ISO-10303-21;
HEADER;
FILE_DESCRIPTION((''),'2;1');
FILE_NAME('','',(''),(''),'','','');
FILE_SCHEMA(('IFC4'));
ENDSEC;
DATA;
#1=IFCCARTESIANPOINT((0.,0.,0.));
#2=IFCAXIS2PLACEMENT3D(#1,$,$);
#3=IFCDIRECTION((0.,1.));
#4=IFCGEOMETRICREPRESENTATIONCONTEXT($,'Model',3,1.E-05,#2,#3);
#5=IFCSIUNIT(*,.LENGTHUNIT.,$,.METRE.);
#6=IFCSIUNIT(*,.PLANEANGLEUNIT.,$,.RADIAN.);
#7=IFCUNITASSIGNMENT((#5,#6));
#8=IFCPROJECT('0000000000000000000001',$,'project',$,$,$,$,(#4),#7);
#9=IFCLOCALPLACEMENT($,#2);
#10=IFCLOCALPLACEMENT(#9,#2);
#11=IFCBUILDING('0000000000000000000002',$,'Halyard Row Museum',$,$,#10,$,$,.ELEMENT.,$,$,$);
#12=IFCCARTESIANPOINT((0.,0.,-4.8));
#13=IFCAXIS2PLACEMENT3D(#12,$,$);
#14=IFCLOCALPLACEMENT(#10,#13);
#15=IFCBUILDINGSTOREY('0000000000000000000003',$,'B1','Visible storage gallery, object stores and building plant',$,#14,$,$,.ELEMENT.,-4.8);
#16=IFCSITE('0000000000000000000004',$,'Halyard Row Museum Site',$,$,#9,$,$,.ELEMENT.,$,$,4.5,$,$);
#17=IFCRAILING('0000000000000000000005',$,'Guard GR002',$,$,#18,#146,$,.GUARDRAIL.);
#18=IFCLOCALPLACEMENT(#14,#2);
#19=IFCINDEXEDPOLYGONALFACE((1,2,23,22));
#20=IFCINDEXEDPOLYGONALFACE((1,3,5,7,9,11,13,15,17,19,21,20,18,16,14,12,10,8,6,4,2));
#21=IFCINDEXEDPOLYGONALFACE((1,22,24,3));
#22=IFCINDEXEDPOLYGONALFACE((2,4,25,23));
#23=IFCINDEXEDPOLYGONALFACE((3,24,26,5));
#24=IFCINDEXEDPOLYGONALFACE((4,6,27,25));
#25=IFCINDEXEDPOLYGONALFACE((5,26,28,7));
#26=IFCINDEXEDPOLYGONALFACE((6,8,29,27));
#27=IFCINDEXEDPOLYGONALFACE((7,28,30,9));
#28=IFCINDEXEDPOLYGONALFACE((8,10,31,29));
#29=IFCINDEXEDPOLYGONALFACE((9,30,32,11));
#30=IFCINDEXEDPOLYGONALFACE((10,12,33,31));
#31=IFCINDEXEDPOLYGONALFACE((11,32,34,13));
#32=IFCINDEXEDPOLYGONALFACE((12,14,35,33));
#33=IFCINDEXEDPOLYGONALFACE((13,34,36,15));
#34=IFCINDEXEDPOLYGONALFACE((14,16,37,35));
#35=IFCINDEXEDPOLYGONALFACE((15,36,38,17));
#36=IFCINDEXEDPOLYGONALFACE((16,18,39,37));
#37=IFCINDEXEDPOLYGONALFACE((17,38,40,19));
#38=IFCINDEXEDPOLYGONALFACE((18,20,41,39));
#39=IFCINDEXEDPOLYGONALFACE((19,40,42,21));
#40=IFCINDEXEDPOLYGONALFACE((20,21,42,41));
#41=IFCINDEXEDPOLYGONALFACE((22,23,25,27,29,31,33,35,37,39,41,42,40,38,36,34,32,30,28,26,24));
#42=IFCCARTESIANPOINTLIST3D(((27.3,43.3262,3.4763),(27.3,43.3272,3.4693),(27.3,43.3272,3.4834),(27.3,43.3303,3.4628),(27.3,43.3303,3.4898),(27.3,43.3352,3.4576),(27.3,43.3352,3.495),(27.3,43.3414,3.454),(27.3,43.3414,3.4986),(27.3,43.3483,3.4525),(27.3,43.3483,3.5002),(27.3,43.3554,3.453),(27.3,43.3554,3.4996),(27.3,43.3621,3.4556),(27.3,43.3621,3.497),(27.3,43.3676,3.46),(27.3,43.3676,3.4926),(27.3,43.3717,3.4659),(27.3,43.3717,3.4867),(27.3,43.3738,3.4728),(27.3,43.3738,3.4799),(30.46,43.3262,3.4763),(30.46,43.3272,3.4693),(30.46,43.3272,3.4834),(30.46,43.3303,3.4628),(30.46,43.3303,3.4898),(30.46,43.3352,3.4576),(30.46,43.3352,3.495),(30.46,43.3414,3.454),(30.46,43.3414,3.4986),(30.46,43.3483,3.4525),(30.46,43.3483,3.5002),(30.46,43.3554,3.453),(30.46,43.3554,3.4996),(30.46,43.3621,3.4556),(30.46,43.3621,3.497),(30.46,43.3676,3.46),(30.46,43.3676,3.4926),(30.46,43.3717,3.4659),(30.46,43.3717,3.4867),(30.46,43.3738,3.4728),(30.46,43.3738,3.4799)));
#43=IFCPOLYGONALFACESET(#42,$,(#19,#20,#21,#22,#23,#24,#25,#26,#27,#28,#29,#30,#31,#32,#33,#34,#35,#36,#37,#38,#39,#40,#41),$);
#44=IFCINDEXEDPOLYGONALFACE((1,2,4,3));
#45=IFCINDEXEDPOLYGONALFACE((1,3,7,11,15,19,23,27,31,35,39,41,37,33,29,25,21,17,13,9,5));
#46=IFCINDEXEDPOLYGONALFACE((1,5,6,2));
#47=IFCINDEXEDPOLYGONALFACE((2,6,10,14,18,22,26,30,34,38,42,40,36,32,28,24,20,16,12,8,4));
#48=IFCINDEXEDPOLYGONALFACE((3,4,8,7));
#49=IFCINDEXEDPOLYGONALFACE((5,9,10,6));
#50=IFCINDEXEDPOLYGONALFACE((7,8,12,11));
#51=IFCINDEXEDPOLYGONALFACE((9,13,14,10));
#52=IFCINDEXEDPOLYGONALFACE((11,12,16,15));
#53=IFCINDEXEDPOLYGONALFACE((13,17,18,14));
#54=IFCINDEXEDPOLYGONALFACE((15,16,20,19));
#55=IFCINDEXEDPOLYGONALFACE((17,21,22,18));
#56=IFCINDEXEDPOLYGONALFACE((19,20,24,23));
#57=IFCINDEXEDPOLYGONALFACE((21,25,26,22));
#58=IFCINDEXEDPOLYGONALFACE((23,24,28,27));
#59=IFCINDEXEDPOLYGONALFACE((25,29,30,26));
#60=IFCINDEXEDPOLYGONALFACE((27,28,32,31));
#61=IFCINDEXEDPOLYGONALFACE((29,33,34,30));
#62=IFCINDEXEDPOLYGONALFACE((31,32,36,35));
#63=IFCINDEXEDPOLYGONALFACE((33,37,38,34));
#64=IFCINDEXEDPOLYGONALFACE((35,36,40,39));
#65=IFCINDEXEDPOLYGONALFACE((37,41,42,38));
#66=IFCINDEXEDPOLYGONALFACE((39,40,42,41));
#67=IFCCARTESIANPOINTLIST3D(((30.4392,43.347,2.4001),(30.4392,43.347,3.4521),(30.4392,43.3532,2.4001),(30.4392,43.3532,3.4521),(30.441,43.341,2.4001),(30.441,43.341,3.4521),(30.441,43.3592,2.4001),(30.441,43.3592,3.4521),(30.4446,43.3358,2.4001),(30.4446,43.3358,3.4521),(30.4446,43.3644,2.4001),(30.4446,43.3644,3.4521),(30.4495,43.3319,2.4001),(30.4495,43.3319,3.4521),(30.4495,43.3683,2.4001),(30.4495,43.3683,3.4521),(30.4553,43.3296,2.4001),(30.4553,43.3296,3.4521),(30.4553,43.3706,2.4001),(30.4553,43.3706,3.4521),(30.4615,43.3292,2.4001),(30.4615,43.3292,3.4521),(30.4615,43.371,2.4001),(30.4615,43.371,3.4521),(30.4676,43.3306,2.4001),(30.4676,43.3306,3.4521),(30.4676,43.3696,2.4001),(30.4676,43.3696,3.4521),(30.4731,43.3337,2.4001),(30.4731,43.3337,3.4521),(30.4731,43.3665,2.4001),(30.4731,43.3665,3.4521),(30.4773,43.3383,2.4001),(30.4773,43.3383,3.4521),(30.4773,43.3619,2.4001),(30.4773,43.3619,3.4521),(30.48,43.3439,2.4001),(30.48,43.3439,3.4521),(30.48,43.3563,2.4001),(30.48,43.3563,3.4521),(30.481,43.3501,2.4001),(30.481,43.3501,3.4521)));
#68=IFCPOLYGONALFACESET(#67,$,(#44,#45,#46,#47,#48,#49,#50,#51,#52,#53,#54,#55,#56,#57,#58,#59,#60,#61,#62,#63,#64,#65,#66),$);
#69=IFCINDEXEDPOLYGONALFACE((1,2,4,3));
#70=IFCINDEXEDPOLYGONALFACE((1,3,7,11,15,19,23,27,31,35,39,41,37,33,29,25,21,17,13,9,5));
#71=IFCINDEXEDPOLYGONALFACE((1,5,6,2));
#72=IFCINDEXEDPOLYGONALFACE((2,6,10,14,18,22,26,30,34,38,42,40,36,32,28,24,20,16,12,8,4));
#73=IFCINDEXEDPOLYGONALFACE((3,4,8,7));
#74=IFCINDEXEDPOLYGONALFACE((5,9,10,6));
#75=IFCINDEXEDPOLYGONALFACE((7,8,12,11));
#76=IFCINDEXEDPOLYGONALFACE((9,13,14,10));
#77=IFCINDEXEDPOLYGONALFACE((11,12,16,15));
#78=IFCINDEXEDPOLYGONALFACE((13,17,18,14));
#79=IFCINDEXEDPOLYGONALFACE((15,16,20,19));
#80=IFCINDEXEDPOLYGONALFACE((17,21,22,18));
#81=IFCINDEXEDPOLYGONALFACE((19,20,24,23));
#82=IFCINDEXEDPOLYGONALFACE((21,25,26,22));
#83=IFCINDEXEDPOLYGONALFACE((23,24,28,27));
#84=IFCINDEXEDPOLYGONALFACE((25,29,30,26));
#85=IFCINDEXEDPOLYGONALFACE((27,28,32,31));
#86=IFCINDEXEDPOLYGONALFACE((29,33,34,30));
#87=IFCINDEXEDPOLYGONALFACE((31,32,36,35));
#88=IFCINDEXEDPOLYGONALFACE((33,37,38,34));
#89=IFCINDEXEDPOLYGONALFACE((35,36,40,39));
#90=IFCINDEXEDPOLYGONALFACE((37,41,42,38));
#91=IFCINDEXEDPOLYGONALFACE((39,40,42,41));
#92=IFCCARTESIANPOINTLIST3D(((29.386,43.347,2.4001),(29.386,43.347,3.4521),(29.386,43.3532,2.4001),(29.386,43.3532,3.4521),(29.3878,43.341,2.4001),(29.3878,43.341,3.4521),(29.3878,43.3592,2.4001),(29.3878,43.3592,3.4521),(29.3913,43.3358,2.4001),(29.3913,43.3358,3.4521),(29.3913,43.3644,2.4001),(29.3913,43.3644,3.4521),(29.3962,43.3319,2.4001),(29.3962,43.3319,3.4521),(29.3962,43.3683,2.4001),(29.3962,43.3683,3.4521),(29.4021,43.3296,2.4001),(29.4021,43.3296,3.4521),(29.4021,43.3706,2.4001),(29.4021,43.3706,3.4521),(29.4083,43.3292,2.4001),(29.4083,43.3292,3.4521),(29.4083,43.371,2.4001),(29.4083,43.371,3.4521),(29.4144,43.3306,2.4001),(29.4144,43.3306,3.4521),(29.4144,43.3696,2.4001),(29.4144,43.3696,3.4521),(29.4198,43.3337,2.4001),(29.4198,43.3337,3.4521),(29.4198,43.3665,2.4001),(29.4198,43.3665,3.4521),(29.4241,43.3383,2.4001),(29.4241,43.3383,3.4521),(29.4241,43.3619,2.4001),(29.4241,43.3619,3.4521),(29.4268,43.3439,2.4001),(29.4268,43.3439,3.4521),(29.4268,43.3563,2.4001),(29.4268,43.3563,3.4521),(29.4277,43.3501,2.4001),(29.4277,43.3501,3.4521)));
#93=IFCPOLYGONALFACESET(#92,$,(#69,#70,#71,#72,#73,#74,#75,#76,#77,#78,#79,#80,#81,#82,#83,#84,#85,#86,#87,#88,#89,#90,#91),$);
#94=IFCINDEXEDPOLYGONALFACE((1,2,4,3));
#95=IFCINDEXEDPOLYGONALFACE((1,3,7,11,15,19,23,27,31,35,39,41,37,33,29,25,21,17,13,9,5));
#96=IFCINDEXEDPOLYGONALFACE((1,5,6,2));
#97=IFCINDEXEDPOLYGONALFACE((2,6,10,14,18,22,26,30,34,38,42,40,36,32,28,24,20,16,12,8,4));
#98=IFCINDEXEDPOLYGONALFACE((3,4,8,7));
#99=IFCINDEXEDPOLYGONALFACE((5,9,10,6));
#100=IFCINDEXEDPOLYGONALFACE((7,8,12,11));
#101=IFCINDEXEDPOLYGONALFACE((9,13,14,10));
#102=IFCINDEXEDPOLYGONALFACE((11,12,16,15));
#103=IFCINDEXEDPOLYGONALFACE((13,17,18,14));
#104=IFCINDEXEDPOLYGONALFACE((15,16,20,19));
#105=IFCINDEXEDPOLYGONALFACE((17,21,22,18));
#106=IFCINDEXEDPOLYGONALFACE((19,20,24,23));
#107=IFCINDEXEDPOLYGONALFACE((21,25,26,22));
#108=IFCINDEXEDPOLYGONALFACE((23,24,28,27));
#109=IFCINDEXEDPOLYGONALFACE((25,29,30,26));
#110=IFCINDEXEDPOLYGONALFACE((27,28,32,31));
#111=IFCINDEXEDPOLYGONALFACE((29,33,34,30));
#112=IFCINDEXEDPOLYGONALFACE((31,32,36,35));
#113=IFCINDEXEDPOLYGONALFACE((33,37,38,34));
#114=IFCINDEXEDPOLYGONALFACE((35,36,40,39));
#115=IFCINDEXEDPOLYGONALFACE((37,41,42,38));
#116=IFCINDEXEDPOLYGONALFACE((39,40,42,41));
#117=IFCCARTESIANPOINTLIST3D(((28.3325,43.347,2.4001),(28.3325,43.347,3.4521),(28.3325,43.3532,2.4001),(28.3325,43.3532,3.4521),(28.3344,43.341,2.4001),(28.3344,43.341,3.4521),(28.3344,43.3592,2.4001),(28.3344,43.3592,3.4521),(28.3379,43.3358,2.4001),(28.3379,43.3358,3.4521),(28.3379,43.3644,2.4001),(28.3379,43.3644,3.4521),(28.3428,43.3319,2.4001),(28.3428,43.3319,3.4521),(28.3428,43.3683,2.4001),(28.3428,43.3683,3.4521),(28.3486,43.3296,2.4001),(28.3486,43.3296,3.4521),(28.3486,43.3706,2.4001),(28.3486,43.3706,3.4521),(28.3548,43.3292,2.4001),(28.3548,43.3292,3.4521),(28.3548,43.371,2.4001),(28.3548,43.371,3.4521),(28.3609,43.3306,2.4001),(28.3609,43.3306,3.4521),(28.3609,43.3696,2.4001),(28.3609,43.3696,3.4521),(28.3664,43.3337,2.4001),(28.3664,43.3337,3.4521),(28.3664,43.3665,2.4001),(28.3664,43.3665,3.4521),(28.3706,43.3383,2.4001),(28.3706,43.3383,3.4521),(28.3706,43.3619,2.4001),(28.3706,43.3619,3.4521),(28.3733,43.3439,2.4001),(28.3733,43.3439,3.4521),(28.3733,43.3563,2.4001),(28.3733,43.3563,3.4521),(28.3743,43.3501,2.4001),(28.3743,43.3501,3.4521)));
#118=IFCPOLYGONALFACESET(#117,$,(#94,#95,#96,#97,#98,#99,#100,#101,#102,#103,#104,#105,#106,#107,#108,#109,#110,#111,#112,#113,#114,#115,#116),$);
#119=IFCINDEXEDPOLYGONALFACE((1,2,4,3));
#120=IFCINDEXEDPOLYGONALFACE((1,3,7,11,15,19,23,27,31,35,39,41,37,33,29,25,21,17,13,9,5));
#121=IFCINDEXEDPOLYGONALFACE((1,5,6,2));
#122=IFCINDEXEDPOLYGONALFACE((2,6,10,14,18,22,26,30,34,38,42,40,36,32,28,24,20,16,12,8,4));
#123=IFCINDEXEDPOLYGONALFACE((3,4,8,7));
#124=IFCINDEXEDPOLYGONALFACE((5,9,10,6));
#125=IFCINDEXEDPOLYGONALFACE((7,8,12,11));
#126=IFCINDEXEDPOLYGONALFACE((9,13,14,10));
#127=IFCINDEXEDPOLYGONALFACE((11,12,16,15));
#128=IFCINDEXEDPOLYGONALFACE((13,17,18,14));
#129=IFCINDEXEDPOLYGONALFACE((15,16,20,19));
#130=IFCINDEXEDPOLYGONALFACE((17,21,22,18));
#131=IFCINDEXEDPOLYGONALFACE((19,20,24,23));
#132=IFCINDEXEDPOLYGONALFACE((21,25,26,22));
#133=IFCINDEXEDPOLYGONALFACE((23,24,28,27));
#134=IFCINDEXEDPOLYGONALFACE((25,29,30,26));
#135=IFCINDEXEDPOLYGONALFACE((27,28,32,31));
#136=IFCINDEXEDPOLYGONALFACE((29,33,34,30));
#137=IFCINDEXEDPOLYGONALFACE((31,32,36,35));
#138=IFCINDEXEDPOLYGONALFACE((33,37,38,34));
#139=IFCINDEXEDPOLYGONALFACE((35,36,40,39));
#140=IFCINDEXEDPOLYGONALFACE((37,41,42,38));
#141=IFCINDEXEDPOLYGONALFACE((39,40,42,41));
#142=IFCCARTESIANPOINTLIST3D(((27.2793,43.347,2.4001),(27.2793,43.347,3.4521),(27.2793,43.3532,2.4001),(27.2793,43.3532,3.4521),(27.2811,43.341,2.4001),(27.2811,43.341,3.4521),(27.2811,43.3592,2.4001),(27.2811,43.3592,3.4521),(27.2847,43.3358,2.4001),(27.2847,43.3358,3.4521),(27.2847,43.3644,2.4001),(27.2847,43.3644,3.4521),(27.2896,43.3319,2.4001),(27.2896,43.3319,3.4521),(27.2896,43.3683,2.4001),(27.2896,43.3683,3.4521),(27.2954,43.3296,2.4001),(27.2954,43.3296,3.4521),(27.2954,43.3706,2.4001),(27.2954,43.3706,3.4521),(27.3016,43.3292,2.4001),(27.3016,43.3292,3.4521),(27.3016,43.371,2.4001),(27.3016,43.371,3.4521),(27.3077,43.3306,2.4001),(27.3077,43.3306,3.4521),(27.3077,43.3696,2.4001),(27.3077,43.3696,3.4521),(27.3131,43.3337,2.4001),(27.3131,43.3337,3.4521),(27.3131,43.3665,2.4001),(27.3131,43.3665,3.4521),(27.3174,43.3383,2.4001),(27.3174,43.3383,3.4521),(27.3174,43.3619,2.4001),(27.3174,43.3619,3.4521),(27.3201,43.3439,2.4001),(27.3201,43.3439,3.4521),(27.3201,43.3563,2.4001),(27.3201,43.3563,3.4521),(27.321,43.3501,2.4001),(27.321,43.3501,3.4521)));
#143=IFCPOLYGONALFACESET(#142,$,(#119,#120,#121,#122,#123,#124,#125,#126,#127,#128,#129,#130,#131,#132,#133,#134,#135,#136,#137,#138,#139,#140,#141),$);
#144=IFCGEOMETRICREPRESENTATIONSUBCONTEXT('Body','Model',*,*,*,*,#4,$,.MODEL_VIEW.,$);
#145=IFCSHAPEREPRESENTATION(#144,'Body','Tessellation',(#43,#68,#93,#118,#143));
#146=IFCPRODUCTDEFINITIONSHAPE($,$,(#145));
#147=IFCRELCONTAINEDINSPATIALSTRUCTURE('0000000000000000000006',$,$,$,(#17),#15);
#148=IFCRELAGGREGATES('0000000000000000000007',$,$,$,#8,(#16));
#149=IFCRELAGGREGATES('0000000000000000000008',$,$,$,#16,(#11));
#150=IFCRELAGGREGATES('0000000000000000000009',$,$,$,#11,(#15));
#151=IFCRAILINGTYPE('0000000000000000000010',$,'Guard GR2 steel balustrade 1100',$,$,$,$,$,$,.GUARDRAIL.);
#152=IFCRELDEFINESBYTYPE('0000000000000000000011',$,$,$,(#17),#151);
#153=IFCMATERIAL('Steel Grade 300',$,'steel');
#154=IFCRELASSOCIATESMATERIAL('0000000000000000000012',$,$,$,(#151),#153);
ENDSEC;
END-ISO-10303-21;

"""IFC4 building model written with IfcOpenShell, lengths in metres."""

from ifc_helpers import new_model, si_unit, direction, frame, origin, origin_2d, place, context, subcontext, project, spatial, circle, extrude, material, type_object, element, save


model = new_model("IFC4")

# Units and contexts
model_context = context("Model", 3, precision=1e-05, world=origin(), true_north=direction((0.0, 1.0)))
body_context = subcontext(model_context, "Body", "Model", "MODEL_VIEW")
ifc_project = project(units=[si_unit("LENGTHUNIT", "METRE"), si_unit("PLANEANGLEUNIT", "RADIAN")], contexts=[model_context])

# Site, building, storey
site_placement = place(None, origin())
site = spatial("IfcSite", under=ifc_project, at=site_placement, Name="Halyard Row Museum Site", CompositionType="ELEMENT", RefElevation=4.5)
building_placement = place(site_placement, origin())
building = spatial("IfcBuilding", under=site, at=building_placement, Name="Halyard Row Museum", CompositionType="ELEMENT")
storey_placement = place(building_placement, frame((0.0, 0.0, -4.8)))
storey = spatial("IfcBuildingStorey", under=building, at=storey_placement, Name="B1", Description="Visible storage gallery, object stores and building plant", CompositionType="ELEMENT", Elevation=-4.8)

# Railing
ifc_material_1 = material(Name="Steel Grade 300", Category="steel")
railing_type_1 = type_object("IfcRailingType", Name="Guard GR2 steel balustrade 1100", PredefinedType="GUARDRAIL", material=ifc_material_1)
railing_1_placement = place(storey_placement, frame((30.46, 43.3501, 2.4001)))
element("IfcRailing", 1, at=railing_1_placement, inside=storey, type_object=railing_type_1, Name="Guard GR002", PredefinedType="GUARDRAIL", context=body_context, shape_type="SweptSolid", body=[
    extrude(circle(Radius=0.0239, at=origin_2d()), frame((0.0, 0.0, 1.0762), z_axis=(-1.0, 0.0, 0.0), x_axis=(0.0, -1.0, 0.0)), (0.0, 0.0, 1.0), 3.1599),
    extrude(circle(Radius=0.021, at=origin_2d()), origin(), (0.0, 0.0, 1.0), 1.052),
    extrude(circle(Radius=0.021, at=origin_2d()), frame((-1.0532, 0.0, 0.0)), (0.0, 0.0, 1.0), 1.052),
    extrude(circle(Radius=0.021, at=origin_2d()), frame((-2.1067, 0.0, 0.0)), (0.0, 0.0, 1.0), 1.052),
    extrude(circle(Radius=0.021, at=origin_2d()), frame((-3.1599, 0.0, 0.0)), (0.0, 0.0, 1.0), 1.052),
])

save(model, "model.ifc")
